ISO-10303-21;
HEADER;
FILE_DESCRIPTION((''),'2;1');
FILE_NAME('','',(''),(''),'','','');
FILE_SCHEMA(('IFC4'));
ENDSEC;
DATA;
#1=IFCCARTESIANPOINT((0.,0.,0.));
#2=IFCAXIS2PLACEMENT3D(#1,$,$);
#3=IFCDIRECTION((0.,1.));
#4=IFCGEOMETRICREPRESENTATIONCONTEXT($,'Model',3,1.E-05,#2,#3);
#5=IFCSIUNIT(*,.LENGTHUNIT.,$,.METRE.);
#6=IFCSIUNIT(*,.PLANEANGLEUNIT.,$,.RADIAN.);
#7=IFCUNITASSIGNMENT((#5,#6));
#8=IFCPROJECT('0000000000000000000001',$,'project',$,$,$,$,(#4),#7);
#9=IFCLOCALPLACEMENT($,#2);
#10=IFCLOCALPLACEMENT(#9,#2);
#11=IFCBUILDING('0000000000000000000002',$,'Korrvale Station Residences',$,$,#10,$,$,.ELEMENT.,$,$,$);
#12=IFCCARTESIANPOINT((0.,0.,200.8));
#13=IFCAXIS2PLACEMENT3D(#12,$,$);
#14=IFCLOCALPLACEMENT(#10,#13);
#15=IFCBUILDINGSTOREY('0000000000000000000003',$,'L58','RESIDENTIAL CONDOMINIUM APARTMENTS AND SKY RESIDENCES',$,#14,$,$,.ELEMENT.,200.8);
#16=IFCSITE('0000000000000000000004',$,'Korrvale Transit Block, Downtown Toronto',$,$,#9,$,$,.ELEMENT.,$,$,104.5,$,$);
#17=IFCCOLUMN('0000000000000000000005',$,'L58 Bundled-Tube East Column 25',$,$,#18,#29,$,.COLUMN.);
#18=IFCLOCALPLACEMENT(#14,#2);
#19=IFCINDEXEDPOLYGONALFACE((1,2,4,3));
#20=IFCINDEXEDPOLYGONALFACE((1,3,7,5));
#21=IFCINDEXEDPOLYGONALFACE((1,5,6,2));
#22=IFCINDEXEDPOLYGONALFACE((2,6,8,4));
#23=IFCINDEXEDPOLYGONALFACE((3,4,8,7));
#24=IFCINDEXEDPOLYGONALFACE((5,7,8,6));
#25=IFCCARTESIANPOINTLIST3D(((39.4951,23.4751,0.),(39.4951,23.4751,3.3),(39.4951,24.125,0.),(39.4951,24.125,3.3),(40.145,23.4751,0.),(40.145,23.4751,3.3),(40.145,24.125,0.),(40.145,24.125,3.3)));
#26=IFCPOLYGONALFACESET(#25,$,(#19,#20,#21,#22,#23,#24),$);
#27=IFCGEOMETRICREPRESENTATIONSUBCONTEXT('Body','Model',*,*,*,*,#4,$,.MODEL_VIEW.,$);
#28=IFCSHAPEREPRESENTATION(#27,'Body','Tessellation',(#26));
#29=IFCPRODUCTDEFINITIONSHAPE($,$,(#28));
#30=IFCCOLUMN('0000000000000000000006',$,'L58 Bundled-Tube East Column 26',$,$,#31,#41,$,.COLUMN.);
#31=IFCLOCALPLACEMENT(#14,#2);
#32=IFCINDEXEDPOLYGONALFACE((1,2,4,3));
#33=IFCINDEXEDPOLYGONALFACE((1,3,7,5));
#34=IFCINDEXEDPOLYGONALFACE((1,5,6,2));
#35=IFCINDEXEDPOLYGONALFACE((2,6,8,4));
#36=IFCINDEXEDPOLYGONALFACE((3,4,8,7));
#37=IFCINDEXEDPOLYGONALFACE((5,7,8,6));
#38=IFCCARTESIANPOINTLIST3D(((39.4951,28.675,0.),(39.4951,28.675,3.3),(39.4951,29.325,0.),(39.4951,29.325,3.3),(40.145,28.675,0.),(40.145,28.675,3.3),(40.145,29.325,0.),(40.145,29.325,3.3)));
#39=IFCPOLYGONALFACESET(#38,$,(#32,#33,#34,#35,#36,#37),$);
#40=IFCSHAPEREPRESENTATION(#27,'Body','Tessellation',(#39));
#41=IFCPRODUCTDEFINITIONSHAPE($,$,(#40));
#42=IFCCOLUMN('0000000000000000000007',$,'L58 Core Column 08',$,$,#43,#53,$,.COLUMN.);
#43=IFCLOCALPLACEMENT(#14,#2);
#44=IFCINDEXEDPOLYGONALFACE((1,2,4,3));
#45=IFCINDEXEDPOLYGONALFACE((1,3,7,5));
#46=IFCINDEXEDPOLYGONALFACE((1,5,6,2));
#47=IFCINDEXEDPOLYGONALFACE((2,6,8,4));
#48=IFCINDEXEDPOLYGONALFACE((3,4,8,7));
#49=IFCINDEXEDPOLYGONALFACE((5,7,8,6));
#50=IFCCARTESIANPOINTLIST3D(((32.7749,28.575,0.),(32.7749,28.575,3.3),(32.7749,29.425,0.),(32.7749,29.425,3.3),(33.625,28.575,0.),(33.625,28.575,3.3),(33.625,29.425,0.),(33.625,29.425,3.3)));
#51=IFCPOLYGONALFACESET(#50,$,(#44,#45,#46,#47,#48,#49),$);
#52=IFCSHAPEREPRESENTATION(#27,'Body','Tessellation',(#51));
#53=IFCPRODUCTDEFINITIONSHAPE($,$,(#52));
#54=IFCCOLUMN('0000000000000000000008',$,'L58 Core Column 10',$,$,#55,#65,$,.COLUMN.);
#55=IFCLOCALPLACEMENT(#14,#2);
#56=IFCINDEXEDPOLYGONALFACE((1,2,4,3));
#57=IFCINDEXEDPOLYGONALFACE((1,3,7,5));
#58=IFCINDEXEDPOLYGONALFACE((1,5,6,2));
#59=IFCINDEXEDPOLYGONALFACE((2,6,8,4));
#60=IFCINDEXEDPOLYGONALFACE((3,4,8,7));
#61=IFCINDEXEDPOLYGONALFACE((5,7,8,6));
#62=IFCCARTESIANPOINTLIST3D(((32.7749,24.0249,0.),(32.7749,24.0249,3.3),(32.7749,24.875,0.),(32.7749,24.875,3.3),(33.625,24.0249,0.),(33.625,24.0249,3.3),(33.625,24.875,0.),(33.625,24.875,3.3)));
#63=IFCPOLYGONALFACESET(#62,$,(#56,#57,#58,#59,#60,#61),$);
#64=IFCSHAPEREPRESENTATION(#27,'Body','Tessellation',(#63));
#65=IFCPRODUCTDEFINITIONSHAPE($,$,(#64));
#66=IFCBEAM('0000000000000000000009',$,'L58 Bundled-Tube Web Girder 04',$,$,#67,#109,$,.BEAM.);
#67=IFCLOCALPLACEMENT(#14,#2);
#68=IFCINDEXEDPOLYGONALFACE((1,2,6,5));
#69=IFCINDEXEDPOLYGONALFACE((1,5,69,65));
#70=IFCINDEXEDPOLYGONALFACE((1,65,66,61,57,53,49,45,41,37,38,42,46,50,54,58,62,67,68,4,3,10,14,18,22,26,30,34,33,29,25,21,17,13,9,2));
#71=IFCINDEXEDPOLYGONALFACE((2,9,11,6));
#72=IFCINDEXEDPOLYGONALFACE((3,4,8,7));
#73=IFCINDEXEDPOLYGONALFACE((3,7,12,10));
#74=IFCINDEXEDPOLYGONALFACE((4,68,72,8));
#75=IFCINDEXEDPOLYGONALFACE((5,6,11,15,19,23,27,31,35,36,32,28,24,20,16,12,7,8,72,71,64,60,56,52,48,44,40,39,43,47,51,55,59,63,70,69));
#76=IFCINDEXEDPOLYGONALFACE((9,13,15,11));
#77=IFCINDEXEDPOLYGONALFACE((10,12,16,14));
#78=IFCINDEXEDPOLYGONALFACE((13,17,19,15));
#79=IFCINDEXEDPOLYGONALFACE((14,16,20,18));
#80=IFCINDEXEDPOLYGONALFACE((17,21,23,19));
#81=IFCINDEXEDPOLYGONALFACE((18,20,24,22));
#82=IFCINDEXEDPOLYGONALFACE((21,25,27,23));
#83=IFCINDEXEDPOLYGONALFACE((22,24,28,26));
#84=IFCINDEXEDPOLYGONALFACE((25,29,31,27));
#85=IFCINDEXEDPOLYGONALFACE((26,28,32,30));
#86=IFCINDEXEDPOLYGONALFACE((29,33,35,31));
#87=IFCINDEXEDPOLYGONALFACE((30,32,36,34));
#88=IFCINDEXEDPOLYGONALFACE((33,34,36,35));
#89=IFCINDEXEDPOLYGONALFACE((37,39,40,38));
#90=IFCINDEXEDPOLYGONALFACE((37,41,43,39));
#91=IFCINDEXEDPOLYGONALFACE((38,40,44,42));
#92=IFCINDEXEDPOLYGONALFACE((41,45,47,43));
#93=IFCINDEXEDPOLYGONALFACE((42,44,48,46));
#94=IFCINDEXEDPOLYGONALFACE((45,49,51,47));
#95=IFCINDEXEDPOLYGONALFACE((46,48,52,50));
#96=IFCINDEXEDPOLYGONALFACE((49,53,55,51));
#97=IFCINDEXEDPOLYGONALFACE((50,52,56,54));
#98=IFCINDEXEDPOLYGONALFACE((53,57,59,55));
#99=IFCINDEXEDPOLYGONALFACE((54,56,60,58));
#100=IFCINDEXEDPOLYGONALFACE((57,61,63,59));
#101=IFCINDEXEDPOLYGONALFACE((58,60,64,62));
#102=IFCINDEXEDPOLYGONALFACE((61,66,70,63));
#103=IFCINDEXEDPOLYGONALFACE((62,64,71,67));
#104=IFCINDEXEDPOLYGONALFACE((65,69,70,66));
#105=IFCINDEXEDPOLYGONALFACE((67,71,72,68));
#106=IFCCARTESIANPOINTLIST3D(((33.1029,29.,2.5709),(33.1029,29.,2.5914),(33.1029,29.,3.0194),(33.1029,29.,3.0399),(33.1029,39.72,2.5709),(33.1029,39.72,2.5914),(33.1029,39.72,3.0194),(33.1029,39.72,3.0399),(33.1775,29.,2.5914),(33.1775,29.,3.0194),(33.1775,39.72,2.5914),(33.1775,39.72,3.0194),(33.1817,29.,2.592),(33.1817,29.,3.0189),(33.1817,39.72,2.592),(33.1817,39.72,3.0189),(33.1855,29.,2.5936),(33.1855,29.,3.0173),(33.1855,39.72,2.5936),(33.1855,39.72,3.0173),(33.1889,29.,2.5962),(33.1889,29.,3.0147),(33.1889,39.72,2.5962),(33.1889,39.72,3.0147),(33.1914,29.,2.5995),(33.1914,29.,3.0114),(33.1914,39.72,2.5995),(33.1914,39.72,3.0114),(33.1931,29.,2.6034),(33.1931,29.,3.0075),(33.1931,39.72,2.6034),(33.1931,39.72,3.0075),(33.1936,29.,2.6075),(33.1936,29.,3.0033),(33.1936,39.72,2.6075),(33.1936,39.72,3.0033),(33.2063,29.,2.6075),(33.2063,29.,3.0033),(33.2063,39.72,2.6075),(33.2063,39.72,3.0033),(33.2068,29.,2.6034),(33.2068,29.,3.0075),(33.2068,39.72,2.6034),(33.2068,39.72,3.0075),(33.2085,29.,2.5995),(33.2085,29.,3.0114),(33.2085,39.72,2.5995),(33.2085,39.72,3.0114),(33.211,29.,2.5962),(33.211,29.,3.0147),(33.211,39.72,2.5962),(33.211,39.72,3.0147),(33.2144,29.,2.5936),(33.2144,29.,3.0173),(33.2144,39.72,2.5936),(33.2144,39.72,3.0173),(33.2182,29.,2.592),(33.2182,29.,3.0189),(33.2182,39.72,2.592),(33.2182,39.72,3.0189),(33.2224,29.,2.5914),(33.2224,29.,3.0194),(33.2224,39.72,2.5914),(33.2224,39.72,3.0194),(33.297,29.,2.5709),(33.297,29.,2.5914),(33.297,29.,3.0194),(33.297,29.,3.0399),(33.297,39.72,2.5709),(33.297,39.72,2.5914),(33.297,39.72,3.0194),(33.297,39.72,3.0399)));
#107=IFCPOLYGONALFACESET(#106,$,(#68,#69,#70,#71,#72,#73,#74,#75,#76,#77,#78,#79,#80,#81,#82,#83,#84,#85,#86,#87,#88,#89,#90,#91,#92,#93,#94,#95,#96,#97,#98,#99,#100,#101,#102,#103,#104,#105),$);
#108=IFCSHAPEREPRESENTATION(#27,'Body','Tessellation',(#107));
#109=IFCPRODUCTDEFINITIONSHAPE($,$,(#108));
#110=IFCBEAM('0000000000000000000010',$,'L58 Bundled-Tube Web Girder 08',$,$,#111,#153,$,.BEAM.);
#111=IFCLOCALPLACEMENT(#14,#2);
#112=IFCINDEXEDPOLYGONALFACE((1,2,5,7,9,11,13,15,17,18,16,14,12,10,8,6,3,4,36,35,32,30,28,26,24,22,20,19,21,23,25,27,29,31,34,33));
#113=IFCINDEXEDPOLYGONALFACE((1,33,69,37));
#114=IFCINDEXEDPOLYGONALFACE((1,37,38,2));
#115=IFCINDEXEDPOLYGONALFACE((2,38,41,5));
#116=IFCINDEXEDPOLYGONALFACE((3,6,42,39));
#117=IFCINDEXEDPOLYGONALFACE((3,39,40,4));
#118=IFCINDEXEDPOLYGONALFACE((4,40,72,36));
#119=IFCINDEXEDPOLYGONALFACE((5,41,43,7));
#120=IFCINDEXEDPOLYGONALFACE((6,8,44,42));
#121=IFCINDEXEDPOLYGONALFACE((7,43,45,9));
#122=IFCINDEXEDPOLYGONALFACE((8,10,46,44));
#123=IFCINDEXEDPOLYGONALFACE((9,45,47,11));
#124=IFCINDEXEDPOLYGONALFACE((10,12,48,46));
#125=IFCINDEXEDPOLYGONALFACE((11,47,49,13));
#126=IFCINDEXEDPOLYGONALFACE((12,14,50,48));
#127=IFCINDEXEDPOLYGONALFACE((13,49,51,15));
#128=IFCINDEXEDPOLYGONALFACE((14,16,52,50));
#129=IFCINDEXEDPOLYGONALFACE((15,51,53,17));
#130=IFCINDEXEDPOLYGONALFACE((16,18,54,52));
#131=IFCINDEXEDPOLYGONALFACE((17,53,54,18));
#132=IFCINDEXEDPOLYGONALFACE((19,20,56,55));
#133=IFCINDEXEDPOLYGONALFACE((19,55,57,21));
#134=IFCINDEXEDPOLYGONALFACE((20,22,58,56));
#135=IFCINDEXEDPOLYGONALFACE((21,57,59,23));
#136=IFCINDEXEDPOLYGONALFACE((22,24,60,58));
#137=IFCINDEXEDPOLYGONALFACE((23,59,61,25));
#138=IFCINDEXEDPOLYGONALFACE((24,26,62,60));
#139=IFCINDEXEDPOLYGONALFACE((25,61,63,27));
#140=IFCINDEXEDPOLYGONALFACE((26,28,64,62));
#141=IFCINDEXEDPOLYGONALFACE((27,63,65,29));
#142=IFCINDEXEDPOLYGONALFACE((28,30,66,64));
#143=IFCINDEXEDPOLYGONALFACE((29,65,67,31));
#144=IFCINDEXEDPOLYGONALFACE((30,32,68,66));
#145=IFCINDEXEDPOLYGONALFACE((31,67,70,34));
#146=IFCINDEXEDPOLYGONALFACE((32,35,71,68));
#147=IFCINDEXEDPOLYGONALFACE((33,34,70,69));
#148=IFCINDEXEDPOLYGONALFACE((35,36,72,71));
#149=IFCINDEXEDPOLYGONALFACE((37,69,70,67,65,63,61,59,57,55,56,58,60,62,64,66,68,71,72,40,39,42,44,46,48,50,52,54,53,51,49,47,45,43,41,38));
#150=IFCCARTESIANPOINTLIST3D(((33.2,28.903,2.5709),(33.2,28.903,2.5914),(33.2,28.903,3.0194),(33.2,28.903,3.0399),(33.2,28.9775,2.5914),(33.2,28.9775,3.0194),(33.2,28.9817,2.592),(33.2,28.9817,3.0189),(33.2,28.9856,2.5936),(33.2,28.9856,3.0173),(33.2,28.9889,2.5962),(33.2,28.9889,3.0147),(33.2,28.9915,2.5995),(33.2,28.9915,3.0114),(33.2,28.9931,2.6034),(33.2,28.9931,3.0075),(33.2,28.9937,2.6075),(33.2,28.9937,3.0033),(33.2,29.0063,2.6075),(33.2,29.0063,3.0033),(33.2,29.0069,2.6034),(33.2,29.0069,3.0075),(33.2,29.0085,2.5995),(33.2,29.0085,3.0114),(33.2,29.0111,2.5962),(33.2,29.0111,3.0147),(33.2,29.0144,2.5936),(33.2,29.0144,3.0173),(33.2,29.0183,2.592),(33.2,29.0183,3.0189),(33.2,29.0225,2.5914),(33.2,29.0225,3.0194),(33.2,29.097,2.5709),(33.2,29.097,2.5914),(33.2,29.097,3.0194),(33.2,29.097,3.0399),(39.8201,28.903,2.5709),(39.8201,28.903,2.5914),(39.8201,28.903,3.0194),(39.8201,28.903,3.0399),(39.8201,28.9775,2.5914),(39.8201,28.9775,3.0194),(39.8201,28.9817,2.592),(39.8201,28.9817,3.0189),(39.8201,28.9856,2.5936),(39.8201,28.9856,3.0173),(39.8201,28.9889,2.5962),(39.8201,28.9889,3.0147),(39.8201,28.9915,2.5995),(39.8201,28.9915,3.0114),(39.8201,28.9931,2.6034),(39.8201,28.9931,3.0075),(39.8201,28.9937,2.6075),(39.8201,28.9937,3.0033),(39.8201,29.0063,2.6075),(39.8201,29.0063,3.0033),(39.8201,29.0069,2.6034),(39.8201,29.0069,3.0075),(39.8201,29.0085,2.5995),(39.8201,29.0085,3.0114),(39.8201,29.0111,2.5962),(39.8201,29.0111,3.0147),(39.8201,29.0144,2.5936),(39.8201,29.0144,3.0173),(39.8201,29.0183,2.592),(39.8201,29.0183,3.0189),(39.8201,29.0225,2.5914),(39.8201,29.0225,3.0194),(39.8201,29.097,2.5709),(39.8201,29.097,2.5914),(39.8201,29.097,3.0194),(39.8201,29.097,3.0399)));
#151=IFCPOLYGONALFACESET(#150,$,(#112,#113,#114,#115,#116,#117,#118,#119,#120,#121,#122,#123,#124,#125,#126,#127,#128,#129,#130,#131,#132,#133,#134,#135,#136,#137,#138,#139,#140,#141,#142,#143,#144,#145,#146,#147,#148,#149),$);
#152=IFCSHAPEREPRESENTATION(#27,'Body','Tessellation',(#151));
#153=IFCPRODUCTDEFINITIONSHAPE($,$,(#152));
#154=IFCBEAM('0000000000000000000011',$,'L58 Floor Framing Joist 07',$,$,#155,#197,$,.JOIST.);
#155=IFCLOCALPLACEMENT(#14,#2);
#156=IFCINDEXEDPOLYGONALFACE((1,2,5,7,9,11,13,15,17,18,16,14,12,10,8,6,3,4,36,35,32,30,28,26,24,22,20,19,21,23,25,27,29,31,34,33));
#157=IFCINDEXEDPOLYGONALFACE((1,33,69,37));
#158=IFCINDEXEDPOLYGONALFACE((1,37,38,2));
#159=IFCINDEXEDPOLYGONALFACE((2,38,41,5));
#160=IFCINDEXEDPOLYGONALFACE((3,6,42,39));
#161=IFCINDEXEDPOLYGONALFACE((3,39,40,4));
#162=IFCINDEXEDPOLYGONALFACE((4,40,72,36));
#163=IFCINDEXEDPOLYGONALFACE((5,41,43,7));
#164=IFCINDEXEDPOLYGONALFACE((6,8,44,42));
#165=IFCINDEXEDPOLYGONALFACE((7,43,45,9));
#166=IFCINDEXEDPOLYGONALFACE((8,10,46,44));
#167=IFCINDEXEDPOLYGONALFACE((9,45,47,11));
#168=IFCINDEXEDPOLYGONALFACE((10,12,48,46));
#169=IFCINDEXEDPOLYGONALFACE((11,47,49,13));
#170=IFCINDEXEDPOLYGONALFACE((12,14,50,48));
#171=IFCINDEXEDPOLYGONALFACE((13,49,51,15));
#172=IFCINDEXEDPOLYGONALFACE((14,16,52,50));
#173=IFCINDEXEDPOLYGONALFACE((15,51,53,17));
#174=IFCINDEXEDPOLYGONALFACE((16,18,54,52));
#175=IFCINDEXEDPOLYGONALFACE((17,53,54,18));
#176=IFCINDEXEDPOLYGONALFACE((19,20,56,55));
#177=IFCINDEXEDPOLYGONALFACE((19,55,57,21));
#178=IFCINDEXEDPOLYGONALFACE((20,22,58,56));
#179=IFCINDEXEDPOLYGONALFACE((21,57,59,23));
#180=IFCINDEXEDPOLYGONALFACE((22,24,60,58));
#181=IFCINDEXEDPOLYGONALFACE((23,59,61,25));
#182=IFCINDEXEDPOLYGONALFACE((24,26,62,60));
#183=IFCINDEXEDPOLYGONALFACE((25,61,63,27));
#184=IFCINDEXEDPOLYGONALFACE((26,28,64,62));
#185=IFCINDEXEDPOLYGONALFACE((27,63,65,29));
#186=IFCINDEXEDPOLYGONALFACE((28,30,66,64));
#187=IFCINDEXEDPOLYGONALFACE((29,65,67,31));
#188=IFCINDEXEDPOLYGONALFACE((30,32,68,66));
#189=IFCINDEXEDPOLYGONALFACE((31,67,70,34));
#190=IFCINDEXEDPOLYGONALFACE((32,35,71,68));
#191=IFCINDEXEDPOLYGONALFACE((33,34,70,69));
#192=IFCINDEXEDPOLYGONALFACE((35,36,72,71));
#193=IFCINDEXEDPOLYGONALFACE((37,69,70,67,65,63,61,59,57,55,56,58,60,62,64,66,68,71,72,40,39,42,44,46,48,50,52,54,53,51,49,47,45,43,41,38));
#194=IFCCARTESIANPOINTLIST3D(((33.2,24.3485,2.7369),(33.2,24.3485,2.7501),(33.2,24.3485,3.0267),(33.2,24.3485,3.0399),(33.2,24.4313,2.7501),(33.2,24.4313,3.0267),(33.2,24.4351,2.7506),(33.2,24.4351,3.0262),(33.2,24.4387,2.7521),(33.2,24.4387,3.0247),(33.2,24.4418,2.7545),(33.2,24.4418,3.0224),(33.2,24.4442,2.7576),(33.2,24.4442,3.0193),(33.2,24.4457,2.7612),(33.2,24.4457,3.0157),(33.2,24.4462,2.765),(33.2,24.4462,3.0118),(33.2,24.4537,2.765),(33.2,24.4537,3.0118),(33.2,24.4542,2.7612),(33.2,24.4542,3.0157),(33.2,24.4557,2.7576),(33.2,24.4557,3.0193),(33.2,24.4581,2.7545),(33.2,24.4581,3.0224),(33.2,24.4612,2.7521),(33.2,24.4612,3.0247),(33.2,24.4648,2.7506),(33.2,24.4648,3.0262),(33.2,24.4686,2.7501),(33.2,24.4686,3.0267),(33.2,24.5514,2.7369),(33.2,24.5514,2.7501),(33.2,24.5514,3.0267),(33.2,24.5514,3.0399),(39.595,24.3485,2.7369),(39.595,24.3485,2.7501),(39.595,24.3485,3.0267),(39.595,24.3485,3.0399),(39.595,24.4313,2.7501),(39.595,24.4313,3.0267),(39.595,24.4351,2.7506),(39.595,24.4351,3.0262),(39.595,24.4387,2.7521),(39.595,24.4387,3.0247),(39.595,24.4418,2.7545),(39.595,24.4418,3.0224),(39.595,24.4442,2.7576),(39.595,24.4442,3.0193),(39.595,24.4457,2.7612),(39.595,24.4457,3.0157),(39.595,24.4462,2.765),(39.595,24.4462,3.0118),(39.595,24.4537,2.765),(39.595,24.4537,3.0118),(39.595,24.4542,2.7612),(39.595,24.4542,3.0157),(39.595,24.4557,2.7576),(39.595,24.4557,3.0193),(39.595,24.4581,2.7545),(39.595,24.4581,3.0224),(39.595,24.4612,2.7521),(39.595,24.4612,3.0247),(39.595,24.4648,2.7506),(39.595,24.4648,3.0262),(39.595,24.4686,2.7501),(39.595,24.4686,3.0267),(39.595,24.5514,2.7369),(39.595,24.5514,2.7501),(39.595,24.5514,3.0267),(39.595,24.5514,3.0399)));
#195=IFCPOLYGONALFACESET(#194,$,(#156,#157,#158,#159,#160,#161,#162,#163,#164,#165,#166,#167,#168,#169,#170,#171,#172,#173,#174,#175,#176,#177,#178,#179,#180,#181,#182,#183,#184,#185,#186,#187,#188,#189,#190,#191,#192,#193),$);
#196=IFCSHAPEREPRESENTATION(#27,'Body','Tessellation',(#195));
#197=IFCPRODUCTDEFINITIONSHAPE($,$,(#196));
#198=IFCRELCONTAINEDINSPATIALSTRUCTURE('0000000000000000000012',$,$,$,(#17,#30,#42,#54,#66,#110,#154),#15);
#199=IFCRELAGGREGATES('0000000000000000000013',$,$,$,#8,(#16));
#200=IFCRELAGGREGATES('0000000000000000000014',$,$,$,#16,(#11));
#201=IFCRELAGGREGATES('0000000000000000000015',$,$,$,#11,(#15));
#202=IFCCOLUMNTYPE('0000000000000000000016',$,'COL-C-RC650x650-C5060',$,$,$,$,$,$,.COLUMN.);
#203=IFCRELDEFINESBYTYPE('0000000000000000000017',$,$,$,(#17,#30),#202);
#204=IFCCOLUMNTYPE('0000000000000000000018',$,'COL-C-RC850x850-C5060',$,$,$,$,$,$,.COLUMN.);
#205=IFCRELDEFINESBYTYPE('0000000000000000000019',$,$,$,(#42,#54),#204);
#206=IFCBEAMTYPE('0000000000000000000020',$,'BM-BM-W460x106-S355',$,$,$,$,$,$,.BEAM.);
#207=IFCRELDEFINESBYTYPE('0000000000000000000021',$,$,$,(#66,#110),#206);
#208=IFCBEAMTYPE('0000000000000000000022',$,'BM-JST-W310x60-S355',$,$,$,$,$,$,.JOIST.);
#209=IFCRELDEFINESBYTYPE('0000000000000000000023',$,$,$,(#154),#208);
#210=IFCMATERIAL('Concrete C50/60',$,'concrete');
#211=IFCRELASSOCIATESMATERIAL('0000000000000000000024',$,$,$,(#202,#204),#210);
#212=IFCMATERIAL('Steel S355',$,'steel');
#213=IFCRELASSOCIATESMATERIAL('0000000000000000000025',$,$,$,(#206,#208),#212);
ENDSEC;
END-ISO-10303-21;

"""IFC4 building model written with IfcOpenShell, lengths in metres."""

from ifc_helpers import new_model, si_unit, direction, frame, origin, origin_2d, place, context, subcontext, project, spatial, rectangle, i_section, extrude, material, material_profile, profile_set, type_object, element, save


model = new_model("IFC4")

# Units and contexts
model_context = context("Model", 3, precision=1e-05, world=origin(), true_north=direction((0.0, 1.0)))
body_context = subcontext(model_context, "Body", "Model", "MODEL_VIEW")
ifc_project = project(units=[si_unit("LENGTHUNIT", "METRE"), si_unit("PLANEANGLEUNIT", "RADIAN")], contexts=[model_context])

# Site, building, storey
site_placement = place(None, origin())
site = spatial("IfcSite", under=ifc_project, at=site_placement, Name="Korrvale Transit Block, Downtown Toronto", CompositionType="ELEMENT", RefElevation=104.5)
building_placement = place(site_placement, origin())
building = spatial("IfcBuilding", under=site, at=building_placement, Name="Korrvale Station Residences", CompositionType="ELEMENT")
storey_placement = place(building_placement, frame((0.0, 0.0, 200.8)))
storey = spatial("IfcBuildingStorey", under=building, at=storey_placement, Name="L58", Description="RESIDENTIAL CONDOMINIUM APARTMENTS AND SKY RESIDENCES", CompositionType="ELEMENT", Elevation=200.8)

# Columns
ifc_material_1 = material(Name="Concrete C50/60", Category="concrete")
ifc_material_profile_1 = material_profile(ifc_material_1, rectangle(XDim=0.6499, YDim=0.6499, at=origin_2d()), Name="RC650x650")
ifc_profile_set_1 = profile_set([ifc_material_profile_1], Name="Concrete C50/60")
column_type_1 = type_object("IfcColumnType", Name="COL-C-RC650x650-C5060", PredefinedType="COLUMN", material=ifc_profile_set_1)
for number, where, z_axis, x_axis, name in (
    (1, (39.8201, 23.8, 0.0), (0.0, 0.0, 1.0), (1.0, 0.0, 0.0), "L58 Bundled-Tube East Column 25"),
    (2, (39.8201, 29.0, 0.0), (0.0, 0.0, 1.0), (1.0, 0.0, 0.0), "L58 Bundled-Tube East Column 26"),
):
    element("IfcColumn", number, at=place(storey_placement, frame(where, z_axis=z_axis, x_axis=x_axis)), inside=storey, type_object=column_type_1, Name=name, PredefinedType="COLUMN", context=body_context, shape_type="SweptSolid", body=[
        extrude(rectangle(XDim=0.6499, YDim=0.6499, at=origin_2d()), origin(), (0.0, 0.0, 1.0), 3.3),
    ])
ifc_material_profile_2 = material_profile(ifc_material_1, rectangle(XDim=0.8501, YDim=0.8501, at=origin_2d()), Name="RC850x850")
ifc_profile_set_2 = profile_set([ifc_material_profile_2], Name="Concrete C50/60")
column_type_2 = type_object("IfcColumnType", Name="COL-C-RC850x850-C5060", PredefinedType="COLUMN", material=ifc_profile_set_2)
for number, where, z_axis, x_axis, name in (
    (3, (33.2, 29.0, 0.0), (0.0, 0.0, 1.0), (1.0, 0.0, 0.0), "L58 Core Column 08"),
    (4, (33.2, 24.45, 0.0), (0.0, 0.0, 1.0), (1.0, 0.0, 0.0), "L58 Core Column 10"),
):
    element("IfcColumn", number, at=place(storey_placement, frame(where, z_axis=z_axis, x_axis=x_axis)), inside=storey, type_object=column_type_2, Name=name, PredefinedType="COLUMN", context=body_context, shape_type="SweptSolid", body=[
        extrude(rectangle(XDim=0.8501, YDim=0.8501, at=origin_2d()), origin(), (0.0, 0.0, 1.0), 3.3),
    ])

# Beams
ifc_material_2 = material(Name="Steel S355", Category="steel")
ifc_material_profile_3 = material_profile(ifc_material_2, i_section(OverallWidth=0.1941, OverallDepth=0.469, WebThickness=0.0127, FlangeThickness=0.0205, FilletRadius=0.0161, at=origin_2d()), Name="W460x106")
ifc_profile_set_3 = profile_set([ifc_material_profile_3], Name="Steel S355")
beam_type_1 = type_object("IfcBeamType", Name="BM-BM-W460x106-S355", PredefinedType="BEAM", material=ifc_profile_set_3)
beam_1_placement = place(storey_placement, frame((33.2, 29.0, 2.8054), z_axis=(0.0, 1.0, 0.0), x_axis=(-1.0, 0.0, 0.0)))
element("IfcBeam", 5, at=beam_1_placement, inside=storey, type_object=beam_type_1, Name="L58 Bundled-Tube Web Girder 04", PredefinedType="BEAM", context=body_context, shape_type="SweptSolid", body=[
    extrude(i_section(OverallWidth=0.1941, OverallDepth=0.469, WebThickness=0.0127, FlangeThickness=0.0205, FilletRadius=0.0161, at=origin_2d()), origin(), (0.0, 0.0, 1.0), 10.72),
])
beam_2_placement = place(storey_placement, frame((33.2, 29.0, 2.8054), z_axis=(1.0, 0.0, 0.0), x_axis=(0.0, 1.0, 0.0)))
element("IfcBeam", 6, at=beam_2_placement, inside=storey, type_object=beam_type_1, Name="L58 Bundled-Tube Web Girder 08", PredefinedType="BEAM", context=body_context, shape_type="SweptSolid", body=[
    extrude(i_section(OverallWidth=0.1941, OverallDepth=0.469, WebThickness=0.0127, FlangeThickness=0.0205, FilletRadius=0.0161, at=origin_2d()), origin(), (0.0, 0.0, 1.0), 6.6201),
])
ifc_material_profile_4 = material_profile(ifc_material_2, i_section(OverallWidth=0.2029, OverallDepth=0.303, WebThickness=0.0076, FlangeThickness=0.0132, FilletRadius=0.0149, at=origin_2d()), Name="W310x60")
ifc_profile_set_4 = profile_set([ifc_material_profile_4], Name="Steel S355")
beam_type_2 = type_object("IfcBeamType", Name="BM-JST-W310x60-S355", PredefinedType="JOIST", material=ifc_profile_set_4)
beam_3_placement = place(storey_placement, frame((33.2, 24.45, 2.8884), z_axis=(1.0, 0.0, 0.0), x_axis=(0.0, 1.0, 0.0)))
element("IfcBeam", 7, at=beam_3_placement, inside=storey, type_object=beam_type_2, Name="L58 Floor Framing Joist 07", PredefinedType="JOIST", context=body_context, shape_type="SweptSolid", body=[
    extrude(i_section(OverallWidth=0.2029, OverallDepth=0.303, WebThickness=0.0076, FlangeThickness=0.0132, FilletRadius=0.0149, at=origin_2d()), origin(), (0.0, 0.0, 1.0), 6.395),
])

save(model, "model.ifc")
